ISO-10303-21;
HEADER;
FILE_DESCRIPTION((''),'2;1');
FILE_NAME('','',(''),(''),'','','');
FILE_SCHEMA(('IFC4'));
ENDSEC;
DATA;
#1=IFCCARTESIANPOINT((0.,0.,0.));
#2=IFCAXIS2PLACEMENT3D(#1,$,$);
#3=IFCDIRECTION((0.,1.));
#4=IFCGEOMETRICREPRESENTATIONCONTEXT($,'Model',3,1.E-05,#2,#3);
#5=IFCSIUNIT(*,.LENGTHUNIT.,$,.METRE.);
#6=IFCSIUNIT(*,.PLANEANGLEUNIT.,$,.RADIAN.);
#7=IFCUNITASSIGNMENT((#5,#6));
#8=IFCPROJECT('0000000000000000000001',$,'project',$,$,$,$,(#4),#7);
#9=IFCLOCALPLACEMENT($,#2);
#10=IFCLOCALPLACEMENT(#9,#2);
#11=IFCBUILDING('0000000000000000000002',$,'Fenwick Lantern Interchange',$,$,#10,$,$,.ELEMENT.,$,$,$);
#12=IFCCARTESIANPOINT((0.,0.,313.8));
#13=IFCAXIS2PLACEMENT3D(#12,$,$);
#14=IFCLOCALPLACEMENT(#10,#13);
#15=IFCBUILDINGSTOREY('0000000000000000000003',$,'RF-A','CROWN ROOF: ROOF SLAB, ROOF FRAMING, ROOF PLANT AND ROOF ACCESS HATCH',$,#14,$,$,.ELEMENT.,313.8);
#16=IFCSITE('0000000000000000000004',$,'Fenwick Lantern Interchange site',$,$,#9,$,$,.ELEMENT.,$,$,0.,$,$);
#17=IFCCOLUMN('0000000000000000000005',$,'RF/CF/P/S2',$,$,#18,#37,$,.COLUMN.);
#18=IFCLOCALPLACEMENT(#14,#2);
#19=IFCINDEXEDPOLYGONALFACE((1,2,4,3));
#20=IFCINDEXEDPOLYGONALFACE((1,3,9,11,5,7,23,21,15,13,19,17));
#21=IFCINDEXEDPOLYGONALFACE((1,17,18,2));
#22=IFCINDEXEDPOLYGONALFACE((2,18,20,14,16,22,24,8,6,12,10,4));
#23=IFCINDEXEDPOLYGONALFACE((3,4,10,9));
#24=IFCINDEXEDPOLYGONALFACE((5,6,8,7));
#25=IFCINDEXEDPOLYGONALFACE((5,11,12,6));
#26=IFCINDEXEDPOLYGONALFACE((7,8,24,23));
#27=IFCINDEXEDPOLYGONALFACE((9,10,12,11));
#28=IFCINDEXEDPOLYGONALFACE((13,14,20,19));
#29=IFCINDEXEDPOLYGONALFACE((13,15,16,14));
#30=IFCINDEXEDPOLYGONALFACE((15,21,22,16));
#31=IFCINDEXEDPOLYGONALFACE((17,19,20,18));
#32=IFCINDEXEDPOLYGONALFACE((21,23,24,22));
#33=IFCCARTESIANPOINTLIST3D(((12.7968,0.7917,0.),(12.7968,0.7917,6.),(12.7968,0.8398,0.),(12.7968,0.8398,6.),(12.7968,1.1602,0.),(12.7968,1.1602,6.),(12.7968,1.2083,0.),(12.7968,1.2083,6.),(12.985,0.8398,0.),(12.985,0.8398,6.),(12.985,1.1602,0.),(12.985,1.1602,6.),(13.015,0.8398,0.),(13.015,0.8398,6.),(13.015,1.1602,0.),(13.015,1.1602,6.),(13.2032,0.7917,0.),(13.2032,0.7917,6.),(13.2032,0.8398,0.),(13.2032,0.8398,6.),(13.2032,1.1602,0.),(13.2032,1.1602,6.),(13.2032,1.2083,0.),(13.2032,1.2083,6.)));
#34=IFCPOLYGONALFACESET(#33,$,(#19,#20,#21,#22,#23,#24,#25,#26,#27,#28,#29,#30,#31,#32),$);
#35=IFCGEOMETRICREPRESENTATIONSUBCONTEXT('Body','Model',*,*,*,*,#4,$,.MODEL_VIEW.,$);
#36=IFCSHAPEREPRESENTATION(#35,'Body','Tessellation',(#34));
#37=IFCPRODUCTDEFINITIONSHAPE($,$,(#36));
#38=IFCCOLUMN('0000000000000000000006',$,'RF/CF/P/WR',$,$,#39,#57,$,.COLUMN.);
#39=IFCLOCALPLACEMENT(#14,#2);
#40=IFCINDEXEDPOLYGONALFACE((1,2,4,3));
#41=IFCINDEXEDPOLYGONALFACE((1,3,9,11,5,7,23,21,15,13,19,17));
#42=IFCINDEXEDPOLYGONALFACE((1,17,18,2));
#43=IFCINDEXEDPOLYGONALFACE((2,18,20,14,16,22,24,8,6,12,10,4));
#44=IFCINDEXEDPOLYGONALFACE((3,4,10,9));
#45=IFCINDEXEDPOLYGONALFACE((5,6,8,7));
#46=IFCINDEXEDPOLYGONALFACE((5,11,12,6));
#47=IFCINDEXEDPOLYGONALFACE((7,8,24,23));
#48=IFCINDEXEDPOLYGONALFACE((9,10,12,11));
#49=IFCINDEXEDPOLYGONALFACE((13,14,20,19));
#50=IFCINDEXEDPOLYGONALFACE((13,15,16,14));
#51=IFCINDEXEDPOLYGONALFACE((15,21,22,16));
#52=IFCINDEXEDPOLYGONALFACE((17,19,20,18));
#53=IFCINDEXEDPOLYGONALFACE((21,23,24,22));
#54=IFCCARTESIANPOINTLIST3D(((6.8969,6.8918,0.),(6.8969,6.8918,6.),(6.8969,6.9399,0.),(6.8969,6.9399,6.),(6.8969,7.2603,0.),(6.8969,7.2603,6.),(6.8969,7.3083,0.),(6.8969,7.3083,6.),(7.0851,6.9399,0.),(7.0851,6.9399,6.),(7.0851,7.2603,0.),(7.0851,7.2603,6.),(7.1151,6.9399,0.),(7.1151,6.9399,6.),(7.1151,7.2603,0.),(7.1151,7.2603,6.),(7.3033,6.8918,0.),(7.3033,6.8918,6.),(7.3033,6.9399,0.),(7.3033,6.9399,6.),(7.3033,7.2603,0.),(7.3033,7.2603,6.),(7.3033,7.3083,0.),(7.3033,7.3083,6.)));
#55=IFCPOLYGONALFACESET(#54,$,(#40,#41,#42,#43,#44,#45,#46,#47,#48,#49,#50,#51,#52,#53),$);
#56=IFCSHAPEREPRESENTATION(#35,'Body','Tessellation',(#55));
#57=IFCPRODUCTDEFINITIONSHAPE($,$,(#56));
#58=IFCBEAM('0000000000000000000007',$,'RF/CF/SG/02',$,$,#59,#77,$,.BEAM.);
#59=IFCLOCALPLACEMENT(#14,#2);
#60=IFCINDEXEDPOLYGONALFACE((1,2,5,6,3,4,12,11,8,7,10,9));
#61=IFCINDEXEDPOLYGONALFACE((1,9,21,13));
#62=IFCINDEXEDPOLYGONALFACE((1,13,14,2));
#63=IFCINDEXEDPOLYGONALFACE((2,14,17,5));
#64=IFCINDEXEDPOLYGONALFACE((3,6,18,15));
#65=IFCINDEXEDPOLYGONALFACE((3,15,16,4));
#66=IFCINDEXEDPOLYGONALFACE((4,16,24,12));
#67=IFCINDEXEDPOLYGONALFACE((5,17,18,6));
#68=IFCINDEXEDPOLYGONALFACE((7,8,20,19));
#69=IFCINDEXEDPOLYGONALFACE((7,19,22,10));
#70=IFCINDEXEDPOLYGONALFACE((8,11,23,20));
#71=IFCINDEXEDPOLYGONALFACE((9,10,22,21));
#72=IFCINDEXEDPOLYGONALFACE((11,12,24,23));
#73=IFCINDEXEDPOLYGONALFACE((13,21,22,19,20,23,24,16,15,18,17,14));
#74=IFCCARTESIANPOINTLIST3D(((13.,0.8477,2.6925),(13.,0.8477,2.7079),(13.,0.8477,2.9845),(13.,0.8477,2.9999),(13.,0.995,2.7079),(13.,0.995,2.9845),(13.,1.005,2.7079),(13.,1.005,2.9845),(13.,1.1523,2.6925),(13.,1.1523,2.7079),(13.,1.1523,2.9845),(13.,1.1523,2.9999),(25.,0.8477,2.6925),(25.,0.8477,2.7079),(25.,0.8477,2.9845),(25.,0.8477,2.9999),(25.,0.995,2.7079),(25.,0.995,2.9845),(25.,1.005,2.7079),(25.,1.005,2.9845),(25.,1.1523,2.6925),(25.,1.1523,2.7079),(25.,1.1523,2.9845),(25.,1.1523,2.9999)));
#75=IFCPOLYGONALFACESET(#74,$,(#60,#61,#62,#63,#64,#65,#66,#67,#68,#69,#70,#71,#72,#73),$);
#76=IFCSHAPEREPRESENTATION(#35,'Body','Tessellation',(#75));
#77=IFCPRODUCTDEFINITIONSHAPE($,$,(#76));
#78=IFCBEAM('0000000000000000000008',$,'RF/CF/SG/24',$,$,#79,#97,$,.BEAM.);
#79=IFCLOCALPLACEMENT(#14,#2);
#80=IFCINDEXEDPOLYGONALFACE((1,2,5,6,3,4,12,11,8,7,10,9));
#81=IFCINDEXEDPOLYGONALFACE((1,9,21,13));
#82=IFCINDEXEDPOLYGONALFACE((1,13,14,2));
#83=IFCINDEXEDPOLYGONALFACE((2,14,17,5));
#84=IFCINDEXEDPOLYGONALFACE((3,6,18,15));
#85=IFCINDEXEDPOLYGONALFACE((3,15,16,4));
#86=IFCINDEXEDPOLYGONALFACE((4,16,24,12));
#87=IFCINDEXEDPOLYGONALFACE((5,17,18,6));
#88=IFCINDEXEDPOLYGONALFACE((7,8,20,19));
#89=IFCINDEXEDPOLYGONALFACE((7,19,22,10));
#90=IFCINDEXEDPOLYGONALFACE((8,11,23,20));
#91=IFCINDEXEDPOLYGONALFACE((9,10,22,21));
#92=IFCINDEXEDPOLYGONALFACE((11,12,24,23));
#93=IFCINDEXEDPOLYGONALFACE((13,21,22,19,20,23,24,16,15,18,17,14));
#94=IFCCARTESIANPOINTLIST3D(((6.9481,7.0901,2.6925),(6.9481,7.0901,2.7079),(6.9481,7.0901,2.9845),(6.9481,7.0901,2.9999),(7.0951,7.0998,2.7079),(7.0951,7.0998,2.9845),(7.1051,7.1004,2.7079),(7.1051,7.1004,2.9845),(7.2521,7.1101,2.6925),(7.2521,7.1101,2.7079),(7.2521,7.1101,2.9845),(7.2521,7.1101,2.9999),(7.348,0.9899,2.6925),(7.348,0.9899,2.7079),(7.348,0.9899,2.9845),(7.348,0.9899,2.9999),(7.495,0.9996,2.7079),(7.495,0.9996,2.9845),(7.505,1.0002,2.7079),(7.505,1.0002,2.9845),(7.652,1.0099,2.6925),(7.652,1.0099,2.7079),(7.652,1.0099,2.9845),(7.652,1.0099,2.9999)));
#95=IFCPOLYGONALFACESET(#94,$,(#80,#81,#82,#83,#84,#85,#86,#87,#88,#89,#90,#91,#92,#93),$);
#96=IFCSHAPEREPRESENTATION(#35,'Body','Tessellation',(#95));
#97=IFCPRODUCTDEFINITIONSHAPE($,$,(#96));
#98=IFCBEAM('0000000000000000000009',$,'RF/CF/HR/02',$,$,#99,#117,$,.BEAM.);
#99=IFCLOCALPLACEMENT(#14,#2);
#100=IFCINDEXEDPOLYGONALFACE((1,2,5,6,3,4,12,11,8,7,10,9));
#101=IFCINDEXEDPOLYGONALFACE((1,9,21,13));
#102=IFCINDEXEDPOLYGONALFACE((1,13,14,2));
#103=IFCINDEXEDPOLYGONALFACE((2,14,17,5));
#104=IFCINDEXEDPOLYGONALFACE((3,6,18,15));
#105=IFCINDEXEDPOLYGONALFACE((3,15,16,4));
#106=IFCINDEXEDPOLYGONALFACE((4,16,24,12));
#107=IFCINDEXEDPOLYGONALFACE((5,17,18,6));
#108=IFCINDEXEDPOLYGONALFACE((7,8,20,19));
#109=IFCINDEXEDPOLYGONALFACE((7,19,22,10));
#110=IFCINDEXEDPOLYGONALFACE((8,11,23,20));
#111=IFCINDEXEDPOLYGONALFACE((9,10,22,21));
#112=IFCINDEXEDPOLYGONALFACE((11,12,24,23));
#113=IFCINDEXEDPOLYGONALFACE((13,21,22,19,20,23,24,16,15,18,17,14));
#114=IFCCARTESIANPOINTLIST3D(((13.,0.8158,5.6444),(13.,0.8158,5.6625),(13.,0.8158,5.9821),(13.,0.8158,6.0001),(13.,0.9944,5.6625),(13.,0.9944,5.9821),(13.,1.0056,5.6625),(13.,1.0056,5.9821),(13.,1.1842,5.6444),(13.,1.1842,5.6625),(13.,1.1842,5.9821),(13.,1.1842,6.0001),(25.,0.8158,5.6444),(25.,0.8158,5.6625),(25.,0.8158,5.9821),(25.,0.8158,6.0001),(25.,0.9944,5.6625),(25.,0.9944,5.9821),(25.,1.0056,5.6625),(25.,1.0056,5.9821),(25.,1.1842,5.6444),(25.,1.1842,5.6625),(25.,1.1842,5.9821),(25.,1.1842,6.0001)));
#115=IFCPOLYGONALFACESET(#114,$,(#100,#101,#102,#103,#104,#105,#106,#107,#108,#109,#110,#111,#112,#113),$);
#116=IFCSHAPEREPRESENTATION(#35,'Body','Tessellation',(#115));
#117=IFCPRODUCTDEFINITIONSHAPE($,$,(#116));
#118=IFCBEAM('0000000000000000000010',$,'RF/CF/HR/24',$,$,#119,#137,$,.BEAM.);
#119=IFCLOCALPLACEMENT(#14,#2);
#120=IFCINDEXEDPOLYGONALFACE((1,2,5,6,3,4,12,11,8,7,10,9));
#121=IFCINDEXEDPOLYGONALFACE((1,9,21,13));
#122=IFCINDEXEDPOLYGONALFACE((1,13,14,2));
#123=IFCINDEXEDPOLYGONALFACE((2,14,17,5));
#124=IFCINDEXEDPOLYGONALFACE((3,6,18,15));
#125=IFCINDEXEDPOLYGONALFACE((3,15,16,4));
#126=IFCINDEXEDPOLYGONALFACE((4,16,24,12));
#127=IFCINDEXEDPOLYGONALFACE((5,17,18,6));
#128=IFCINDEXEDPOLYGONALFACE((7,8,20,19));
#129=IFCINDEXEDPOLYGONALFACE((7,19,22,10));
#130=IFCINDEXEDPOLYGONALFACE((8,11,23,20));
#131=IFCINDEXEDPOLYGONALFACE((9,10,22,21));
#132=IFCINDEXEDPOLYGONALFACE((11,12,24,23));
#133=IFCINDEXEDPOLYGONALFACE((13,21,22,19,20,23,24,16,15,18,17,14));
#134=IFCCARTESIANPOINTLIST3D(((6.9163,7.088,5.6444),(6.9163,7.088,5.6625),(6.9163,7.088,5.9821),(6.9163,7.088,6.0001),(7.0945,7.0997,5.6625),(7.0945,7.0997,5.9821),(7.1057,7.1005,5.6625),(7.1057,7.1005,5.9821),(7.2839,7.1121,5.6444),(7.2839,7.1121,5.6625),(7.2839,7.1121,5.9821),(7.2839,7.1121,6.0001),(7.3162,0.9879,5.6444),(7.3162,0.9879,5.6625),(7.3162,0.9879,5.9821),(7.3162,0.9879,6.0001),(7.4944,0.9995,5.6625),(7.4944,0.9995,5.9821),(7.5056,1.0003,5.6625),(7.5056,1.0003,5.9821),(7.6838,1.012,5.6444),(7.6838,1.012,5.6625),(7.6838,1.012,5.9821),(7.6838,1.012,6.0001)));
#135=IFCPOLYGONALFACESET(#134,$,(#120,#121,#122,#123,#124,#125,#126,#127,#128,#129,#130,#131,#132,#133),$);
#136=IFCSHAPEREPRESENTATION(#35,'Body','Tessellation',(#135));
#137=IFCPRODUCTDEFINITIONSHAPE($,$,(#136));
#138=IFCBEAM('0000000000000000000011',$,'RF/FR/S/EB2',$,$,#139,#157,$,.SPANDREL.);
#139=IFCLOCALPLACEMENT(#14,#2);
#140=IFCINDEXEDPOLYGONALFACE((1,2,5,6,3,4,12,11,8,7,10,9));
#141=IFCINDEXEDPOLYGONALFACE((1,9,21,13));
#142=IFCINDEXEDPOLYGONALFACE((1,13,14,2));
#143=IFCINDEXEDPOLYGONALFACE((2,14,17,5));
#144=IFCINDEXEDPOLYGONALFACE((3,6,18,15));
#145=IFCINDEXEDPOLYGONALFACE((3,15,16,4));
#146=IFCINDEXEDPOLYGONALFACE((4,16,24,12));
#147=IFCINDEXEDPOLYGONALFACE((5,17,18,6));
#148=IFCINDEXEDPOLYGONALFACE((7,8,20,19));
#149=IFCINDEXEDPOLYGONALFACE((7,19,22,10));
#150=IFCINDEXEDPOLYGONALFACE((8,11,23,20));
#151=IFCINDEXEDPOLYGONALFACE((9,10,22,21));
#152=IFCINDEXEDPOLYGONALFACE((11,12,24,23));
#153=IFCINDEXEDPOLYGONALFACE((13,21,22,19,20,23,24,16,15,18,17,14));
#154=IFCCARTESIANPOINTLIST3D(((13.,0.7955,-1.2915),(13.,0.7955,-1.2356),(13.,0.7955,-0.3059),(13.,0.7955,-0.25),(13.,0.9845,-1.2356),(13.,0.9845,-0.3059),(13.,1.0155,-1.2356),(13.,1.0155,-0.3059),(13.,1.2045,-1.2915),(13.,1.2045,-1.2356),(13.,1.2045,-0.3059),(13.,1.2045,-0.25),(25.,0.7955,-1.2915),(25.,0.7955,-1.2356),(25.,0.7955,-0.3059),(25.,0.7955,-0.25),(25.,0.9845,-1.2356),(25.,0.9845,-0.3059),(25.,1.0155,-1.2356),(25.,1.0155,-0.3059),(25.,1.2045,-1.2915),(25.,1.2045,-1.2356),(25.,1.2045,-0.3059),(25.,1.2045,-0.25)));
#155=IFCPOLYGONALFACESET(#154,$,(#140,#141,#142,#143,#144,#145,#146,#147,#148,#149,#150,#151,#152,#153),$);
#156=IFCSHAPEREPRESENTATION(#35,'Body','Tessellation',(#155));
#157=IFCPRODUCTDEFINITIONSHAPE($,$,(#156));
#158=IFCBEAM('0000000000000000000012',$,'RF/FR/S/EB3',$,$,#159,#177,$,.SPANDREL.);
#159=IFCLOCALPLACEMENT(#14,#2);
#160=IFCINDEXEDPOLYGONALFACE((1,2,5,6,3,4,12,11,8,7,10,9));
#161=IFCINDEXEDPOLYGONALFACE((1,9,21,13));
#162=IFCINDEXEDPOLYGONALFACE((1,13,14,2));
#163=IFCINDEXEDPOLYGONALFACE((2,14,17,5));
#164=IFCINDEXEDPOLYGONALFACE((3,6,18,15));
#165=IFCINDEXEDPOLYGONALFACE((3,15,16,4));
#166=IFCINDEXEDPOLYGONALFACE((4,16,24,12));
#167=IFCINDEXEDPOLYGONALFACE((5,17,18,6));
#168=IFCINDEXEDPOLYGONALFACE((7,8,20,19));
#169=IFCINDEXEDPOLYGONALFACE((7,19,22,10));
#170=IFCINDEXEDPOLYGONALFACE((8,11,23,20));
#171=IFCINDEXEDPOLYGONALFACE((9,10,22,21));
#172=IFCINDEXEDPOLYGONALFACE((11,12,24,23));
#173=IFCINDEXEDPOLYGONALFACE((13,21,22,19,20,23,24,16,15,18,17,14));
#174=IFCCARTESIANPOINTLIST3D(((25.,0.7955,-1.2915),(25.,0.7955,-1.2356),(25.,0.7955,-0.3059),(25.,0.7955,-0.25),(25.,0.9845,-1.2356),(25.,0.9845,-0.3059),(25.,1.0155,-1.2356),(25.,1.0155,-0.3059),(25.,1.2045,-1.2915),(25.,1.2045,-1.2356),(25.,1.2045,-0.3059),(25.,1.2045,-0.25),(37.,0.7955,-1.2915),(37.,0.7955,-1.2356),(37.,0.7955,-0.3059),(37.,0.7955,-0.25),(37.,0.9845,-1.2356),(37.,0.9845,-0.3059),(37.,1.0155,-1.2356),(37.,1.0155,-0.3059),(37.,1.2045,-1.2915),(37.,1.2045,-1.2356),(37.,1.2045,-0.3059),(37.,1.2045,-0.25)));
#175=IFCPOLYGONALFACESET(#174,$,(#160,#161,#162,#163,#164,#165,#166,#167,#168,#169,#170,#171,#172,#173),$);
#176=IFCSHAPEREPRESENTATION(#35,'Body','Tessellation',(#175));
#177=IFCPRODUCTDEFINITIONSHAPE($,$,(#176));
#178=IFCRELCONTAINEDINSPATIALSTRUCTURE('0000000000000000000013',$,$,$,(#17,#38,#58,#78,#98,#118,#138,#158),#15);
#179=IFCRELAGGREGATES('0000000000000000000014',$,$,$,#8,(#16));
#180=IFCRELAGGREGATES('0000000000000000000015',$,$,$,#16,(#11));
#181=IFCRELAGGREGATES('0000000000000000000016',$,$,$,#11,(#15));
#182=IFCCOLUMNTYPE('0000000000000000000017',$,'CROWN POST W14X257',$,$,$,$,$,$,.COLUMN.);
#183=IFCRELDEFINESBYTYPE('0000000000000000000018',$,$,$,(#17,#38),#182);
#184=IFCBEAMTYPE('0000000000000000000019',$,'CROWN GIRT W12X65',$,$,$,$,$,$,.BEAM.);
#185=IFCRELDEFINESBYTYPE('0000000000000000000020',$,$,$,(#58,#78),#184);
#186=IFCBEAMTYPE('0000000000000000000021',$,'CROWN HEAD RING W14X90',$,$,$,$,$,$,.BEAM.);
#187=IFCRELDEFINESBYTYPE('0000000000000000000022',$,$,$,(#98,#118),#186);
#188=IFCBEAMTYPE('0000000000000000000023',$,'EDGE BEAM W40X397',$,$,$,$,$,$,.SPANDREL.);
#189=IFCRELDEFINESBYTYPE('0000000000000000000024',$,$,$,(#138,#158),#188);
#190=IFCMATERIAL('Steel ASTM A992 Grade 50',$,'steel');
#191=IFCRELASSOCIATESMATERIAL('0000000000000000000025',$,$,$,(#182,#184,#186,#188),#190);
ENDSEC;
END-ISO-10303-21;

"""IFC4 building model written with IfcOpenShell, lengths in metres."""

from ifc_helpers import new_model, si_unit, direction, frame, origin, origin_2d, place, context, subcontext, project, spatial, i_section, extrude, material, material_profile, profile_set, type_object, element, save


model = new_model("IFC4")

# Units and contexts
model_context = context("Model", 3, precision=1e-05, world=origin(), true_north=direction((0.0, 1.0)))
body_context = subcontext(model_context, "Body", "Model", "MODEL_VIEW")
ifc_project = project(units=[si_unit("LENGTHUNIT", "METRE"), si_unit("PLANEANGLEUNIT", "RADIAN")], contexts=[model_context])

# Site, building, storey
site_placement = place(None, origin())
site = spatial("IfcSite", under=ifc_project, at=site_placement, Name="Fenwick Lantern Interchange site", CompositionType="ELEMENT", RefElevation=0.0)
building_placement = place(site_placement, origin())
building = spatial("IfcBuilding", under=site, at=building_placement, Name="Fenwick Lantern Interchange", CompositionType="ELEMENT")
storey_placement = place(building_placement, frame((0.0, 0.0, 313.8)))
storey = spatial("IfcBuildingStorey", under=building, at=storey_placement, Name="RF-A", Description="CROWN ROOF: ROOF SLAB, ROOF FRAMING, ROOF PLANT AND ROOF ACCESS HATCH", CompositionType="ELEMENT", Elevation=313.8)

# Columns
ifc_material_1 = material(Name="Steel ASTM A992 Grade 50", Category="steel")
ifc_material_profile_1 = material_profile(ifc_material_1, i_section(OverallWidth=0.4065, OverallDepth=0.4165, WebThickness=0.03, FlangeThickness=0.0481, at=origin_2d()), Name="W14X257")
ifc_profile_set_1 = profile_set([ifc_material_profile_1], Name="Steel ASTM A992 Grade 50")
column_type = type_object("IfcColumnType", Name="CROWN POST W14X257", PredefinedType="COLUMN", material=ifc_profile_set_1)
for number, where, z_axis, x_axis, name in (
    (1, (13.0, 1.0, 0.0), (0.0, 0.0, 1.0), (1.0, 0.0, 0.0), "RF/CF/P/S2"),
    (2, (7.1001, 7.1001, 0.0), (0.0, 0.0, 1.0), (1.0, 0.0, 0.0), "RF/CF/P/WR"),
):
    element("IfcColumn", number, at=place(storey_placement, frame(where, z_axis=z_axis, x_axis=x_axis)), inside=storey, type_object=column_type, Name=name, PredefinedType="COLUMN", context=body_context, shape_type="SweptSolid", body=[
        extrude(i_section(OverallWidth=0.4065, OverallDepth=0.4165, WebThickness=0.03, FlangeThickness=0.0481, at=origin_2d()), origin(), (0.0, 0.0, 1.0), 6.0),
    ])

# Beams
ifc_material_profile_2 = material_profile(ifc_material_1, i_section(OverallWidth=0.3047, OverallDepth=0.3074, WebThickness=0.01, FlangeThickness=0.0154, at=origin_2d()), Name="W12X65")
ifc_profile_set_2 = profile_set([ifc_material_profile_2], Name="Steel ASTM A992 Grade 50")
beam_type_1 = type_object("IfcBeamType", Name="CROWN GIRT W12X65", PredefinedType="BEAM", material=ifc_profile_set_2)
beam_1_placement = place(storey_placement, frame((13.0, 1.0, 2.8462), z_axis=(1.0, 0.0, 0.0), x_axis=(0.0, 1.0, 0.0)))
element("IfcBeam", 3, at=beam_1_placement, inside=storey, type_object=beam_type_1, Name="RF/CF/SG/02", PredefinedType="BEAM", context=body_context, shape_type="SweptSolid", body=[
    extrude(i_section(OverallWidth=0.3047, OverallDepth=0.3074, WebThickness=0.01, FlangeThickness=0.0154, at=origin_2d()), origin(), (0.0, 0.0, 1.0), 12.0),
])
beam_2_placement = place(storey_placement, frame((7.1001, 7.1001, 2.8462), z_axis=(0.065416, -0.997858, 0.0), x_axis=(0.997858, 0.065416, 0.0)))
element("IfcBeam", 4, at=beam_2_placement, inside=storey, type_object=beam_type_1, Name="RF/CF/SG/24", PredefinedType="BEAM", context=body_context, shape_type="SweptSolid", body=[
    extrude(i_section(OverallWidth=0.3047, OverallDepth=0.3074, WebThickness=0.01, FlangeThickness=0.0154, at=origin_2d()), origin(), (0.0, 0.0, 1.0), 6.1133),
])
ifc_material_profile_3 = material_profile(ifc_material_1, i_section(OverallWidth=0.3684, OverallDepth=0.3557, WebThickness=0.0112, FlangeThickness=0.0181, at=origin_2d()), Name="W14X90")
ifc_profile_set_3 = profile_set([ifc_material_profile_3], Name="Steel ASTM A992 Grade 50")
beam_type_2 = type_object("IfcBeamType", Name="CROWN HEAD RING W14X90", PredefinedType="BEAM", material=ifc_profile_set_3)
beam_3_placement = place(storey_placement, frame((13.0, 1.0, 5.8223), z_axis=(1.0, 0.0, 0.0), x_axis=(0.0, 1.0, 0.0)))
element("IfcBeam", 5, at=beam_3_placement, inside=storey, type_object=beam_type_2, Name="RF/CF/HR/02", PredefinedType="BEAM", context=body_context, shape_type="SweptSolid", body=[
    extrude(i_section(OverallWidth=0.3684, OverallDepth=0.3557, WebThickness=0.0112, FlangeThickness=0.0181, at=origin_2d()), origin(), (0.0, 0.0, 1.0), 12.0),
])
beam_4_placement = place(storey_placement, frame((7.1001, 7.1001, 5.8223), z_axis=(0.065416, -0.997858, 0.0), x_axis=(0.997858, 0.065416, 0.0)))
element("IfcBeam", 6, at=beam_4_placement, inside=storey, type_object=beam_type_2, Name="RF/CF/HR/24", PredefinedType="BEAM", context=body_context, shape_type="SweptSolid", body=[
    extrude(i_section(OverallWidth=0.3684, OverallDepth=0.3557, WebThickness=0.0112, FlangeThickness=0.0181, at=origin_2d()), origin(), (0.0, 0.0, 1.0), 6.1133),
])
ifc_material_profile_4 = material_profile(ifc_material_1, i_section(OverallWidth=0.4089, OverallDepth=1.0415, WebThickness=0.031, FlangeThickness=0.0559, at=origin_2d()), Name="W40X397")
ifc_profile_set_4 = profile_set([ifc_material_profile_4], Name="Steel ASTM A992 Grade 50")
beam_type_3 = type_object("IfcBeamType", Name="EDGE BEAM W40X397", PredefinedType="SPANDREL", material=ifc_profile_set_4)
for number, where, z_axis, x_axis, name in (
    (7, (13.0, 1.0, -0.7708), (1.0, 0.0, 0.0), (0.0, 1.0, 0.0), "RF/FR/S/EB2"),
    (8, (25.0, 1.0, -0.7708), (1.0, 0.0, 0.0), (0.0, 1.0, 0.0), "RF/FR/S/EB3"),
):
    element("IfcBeam", number, at=place(storey_placement, frame(where, z_axis=z_axis, x_axis=x_axis)), inside=storey, type_object=beam_type_3, Name=name, PredefinedType="SPANDREL", context=body_context, shape_type="SweptSolid", body=[
        extrude(i_section(OverallWidth=0.4089, OverallDepth=1.0415, WebThickness=0.031, FlangeThickness=0.0559, at=origin_2d()), origin(), (0.0, 0.0, 1.0), 12.0),
    ])

save(model, "model.ifc")
